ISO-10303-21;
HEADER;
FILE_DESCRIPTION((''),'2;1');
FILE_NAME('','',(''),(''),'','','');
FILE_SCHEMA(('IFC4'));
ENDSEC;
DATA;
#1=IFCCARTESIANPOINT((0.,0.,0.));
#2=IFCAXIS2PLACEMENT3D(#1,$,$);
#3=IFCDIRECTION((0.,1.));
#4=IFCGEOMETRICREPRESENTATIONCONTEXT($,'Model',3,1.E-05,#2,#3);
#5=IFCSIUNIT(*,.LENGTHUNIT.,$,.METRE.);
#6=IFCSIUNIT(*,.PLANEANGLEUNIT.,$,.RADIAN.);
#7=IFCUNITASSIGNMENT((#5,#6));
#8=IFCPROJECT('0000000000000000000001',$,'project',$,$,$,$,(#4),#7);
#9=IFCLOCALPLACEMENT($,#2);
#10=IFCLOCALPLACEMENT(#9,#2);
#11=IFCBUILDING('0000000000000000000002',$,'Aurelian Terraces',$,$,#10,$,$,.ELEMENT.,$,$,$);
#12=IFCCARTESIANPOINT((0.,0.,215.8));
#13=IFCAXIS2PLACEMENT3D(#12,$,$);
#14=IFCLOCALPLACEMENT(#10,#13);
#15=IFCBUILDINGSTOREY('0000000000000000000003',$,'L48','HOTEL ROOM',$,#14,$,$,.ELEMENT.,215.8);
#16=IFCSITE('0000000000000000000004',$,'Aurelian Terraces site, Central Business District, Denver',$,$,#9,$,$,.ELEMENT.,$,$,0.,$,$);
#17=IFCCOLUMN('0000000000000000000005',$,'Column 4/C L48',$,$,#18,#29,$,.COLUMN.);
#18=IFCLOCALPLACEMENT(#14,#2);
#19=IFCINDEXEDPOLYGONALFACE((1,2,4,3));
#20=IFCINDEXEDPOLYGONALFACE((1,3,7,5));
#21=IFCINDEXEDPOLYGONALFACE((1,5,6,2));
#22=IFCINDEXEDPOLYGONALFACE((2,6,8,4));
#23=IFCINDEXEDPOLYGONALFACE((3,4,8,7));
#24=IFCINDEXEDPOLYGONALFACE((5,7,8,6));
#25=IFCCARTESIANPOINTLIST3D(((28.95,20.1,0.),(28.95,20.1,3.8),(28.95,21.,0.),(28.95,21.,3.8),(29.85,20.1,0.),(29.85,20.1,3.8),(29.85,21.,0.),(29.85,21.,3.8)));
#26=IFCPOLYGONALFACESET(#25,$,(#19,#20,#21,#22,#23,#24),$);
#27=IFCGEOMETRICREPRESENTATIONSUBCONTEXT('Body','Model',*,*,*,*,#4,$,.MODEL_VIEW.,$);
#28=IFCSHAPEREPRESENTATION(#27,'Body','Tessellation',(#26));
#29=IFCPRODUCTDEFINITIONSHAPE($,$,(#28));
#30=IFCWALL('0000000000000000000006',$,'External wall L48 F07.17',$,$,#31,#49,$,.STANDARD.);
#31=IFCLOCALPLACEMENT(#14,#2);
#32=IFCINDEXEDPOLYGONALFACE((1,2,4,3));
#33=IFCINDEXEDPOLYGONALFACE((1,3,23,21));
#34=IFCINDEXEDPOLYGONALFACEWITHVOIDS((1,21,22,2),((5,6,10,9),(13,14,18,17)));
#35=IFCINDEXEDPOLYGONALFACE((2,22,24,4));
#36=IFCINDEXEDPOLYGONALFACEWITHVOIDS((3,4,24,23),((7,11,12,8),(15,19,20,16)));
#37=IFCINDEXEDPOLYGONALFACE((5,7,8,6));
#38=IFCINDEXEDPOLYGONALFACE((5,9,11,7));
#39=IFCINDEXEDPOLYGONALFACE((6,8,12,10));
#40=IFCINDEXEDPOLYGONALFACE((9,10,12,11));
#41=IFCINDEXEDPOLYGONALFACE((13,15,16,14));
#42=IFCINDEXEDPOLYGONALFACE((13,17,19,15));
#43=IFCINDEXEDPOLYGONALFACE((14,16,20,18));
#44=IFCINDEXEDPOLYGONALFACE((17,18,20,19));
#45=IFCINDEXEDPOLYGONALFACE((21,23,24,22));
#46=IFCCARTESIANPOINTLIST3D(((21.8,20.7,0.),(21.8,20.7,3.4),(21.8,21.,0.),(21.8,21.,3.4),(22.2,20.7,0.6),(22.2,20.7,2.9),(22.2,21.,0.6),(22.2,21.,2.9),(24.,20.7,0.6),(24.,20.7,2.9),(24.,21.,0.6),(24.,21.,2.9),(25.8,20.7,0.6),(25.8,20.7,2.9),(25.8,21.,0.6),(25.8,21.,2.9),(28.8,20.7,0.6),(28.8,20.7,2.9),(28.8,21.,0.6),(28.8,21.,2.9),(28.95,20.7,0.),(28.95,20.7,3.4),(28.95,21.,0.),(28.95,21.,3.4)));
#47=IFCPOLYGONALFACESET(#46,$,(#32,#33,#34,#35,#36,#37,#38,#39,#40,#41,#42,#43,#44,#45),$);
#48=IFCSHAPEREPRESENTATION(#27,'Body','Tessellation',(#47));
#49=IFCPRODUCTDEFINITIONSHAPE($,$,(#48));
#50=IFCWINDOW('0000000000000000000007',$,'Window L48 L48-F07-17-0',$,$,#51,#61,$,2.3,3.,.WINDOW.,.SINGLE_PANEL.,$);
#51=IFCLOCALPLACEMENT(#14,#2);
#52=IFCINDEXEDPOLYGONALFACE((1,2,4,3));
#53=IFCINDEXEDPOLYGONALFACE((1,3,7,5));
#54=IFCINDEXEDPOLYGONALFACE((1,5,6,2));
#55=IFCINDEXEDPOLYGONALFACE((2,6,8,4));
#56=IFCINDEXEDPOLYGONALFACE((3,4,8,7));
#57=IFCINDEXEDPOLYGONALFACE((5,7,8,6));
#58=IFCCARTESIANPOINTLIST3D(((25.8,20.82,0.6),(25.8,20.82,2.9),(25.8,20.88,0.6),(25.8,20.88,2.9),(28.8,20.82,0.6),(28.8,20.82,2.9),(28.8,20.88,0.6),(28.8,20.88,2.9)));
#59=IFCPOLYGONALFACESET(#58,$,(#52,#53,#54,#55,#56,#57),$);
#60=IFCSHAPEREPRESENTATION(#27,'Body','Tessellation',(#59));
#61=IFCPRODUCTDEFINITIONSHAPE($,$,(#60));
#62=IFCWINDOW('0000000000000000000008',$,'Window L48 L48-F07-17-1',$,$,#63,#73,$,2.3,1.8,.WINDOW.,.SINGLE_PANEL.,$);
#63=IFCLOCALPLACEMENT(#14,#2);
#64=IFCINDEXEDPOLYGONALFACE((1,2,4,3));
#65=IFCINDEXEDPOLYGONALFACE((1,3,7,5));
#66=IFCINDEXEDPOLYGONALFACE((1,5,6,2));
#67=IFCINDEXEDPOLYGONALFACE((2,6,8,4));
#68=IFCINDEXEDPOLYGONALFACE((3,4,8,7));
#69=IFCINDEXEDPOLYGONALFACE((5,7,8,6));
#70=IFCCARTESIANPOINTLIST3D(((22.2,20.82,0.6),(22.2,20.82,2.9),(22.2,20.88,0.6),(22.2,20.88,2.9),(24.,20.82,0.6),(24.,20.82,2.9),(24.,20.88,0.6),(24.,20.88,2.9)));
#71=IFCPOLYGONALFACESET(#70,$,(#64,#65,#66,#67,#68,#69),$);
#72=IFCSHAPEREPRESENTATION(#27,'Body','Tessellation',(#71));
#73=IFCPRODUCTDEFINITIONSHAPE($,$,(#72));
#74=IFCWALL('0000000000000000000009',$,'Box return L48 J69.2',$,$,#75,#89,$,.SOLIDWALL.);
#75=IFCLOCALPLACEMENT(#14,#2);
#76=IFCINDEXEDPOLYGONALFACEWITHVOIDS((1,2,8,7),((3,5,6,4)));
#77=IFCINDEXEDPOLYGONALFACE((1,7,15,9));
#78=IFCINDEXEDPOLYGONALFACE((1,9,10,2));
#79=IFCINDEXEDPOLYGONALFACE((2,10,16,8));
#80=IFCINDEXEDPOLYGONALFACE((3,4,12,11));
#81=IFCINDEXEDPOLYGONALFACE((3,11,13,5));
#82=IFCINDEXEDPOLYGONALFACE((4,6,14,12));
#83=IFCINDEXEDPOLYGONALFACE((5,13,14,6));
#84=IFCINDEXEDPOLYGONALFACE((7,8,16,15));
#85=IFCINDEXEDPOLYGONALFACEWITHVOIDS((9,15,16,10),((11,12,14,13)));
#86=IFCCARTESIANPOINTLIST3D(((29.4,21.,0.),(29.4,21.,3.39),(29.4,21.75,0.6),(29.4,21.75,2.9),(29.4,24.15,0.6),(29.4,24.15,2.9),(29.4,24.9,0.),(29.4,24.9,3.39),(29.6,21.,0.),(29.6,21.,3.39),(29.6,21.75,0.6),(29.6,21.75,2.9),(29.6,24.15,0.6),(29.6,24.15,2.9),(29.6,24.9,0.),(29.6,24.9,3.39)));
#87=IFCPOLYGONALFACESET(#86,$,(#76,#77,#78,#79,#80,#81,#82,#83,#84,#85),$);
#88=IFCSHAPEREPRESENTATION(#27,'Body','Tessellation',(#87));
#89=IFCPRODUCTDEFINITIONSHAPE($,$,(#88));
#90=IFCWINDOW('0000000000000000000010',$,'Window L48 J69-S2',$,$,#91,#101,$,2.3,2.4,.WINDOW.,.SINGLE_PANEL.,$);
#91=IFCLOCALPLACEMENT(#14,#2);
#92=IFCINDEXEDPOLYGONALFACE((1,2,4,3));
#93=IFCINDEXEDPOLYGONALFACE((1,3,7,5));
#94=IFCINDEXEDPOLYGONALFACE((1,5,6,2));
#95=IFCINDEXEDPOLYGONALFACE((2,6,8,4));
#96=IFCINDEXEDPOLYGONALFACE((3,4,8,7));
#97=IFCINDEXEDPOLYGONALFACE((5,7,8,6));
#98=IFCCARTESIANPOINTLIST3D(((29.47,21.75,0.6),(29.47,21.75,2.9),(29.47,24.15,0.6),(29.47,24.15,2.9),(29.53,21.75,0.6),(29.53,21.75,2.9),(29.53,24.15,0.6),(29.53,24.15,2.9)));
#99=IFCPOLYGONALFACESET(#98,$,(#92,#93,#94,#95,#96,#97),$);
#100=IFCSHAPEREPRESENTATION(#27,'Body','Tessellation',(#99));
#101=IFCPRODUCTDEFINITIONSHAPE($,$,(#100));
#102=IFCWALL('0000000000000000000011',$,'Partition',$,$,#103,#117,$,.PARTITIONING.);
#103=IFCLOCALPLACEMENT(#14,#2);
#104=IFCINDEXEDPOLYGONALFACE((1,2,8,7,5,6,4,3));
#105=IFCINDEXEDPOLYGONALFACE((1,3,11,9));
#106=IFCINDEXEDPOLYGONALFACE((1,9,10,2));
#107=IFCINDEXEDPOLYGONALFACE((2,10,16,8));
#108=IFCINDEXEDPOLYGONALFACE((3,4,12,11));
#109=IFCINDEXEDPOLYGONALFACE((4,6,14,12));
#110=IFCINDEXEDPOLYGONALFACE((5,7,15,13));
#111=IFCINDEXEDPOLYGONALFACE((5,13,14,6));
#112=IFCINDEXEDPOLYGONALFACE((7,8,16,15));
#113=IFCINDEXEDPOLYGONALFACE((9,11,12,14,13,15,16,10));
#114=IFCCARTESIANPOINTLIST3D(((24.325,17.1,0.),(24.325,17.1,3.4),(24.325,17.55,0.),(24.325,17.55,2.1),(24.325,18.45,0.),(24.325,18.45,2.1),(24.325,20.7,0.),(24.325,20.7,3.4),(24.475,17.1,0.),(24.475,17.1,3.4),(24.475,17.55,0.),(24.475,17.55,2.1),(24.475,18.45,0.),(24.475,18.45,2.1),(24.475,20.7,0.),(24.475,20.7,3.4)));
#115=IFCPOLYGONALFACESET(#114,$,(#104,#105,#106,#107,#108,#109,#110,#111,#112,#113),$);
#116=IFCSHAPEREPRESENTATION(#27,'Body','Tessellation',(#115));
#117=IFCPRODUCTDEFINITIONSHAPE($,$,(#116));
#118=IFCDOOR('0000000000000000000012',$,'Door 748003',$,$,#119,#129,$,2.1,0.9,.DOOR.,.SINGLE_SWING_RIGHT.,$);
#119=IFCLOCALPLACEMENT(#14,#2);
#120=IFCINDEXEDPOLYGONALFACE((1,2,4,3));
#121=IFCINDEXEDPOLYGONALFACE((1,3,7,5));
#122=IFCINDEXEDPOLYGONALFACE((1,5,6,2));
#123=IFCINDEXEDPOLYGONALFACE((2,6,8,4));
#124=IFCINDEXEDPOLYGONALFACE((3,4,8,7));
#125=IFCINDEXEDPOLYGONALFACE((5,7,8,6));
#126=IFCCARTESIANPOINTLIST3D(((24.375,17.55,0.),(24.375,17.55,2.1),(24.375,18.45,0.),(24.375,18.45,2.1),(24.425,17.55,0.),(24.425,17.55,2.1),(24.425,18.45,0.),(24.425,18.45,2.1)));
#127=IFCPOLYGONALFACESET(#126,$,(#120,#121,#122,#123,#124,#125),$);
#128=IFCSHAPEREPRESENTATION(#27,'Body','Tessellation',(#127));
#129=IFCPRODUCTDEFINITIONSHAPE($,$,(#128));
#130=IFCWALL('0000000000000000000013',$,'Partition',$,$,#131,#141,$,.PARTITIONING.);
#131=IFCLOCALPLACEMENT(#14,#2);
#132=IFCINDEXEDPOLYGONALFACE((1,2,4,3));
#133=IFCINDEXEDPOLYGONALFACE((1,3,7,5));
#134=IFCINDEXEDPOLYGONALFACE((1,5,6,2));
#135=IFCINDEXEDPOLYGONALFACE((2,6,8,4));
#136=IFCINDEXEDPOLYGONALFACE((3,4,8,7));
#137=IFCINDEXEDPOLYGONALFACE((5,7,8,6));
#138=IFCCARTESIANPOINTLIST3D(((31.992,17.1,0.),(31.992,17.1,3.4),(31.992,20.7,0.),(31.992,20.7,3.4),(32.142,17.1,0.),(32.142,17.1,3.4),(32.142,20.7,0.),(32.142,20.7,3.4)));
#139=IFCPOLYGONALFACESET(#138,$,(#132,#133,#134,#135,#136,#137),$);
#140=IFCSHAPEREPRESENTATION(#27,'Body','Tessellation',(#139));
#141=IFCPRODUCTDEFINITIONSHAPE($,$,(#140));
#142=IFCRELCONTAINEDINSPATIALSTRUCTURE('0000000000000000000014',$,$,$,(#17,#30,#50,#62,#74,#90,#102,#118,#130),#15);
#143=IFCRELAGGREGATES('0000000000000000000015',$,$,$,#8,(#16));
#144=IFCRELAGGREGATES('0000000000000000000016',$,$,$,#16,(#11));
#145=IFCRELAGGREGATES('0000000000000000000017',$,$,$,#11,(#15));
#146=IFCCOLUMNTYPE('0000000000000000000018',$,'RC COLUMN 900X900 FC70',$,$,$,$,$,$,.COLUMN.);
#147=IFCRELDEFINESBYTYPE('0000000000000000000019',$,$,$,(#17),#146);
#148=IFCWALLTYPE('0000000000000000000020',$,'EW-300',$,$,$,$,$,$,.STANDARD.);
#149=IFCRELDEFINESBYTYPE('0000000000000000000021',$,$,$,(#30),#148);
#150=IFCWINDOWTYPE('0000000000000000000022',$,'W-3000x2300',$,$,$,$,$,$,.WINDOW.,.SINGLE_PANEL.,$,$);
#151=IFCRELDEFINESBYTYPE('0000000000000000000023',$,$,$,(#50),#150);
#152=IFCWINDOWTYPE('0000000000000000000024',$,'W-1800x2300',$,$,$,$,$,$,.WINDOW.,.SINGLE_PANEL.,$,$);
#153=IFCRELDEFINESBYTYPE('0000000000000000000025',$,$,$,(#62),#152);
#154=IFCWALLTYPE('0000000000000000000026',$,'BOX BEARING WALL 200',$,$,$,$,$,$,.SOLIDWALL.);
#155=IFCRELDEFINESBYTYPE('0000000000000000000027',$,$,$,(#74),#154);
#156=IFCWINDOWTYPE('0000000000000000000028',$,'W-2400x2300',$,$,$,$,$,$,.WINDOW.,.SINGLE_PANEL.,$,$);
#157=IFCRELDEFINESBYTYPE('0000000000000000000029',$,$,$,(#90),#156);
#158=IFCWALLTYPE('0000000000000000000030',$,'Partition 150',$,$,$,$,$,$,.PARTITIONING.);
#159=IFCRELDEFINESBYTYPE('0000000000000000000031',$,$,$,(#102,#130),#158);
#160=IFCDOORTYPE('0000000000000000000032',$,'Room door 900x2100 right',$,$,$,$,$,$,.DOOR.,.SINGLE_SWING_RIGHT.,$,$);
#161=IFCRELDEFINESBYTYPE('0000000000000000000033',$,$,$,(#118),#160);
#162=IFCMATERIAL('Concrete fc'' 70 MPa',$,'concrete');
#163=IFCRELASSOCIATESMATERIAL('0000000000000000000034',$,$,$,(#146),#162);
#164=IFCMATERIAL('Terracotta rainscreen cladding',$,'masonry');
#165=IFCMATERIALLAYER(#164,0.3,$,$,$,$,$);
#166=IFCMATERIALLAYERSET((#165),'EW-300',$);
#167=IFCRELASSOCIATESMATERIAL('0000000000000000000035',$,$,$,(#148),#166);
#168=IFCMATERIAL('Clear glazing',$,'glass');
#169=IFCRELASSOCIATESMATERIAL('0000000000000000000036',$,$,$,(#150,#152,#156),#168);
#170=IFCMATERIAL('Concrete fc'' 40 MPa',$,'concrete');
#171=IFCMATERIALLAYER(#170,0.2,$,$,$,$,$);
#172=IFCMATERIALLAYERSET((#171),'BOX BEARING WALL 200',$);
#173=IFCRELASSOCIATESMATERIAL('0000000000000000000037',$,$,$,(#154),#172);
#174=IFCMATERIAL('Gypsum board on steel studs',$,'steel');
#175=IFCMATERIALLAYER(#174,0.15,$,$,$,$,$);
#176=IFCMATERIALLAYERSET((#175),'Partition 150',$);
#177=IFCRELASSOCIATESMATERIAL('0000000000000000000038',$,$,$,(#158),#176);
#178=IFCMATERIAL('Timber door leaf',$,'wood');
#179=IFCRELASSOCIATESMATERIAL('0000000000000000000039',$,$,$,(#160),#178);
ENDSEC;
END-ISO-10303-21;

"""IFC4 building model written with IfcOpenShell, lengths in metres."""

from ifc_helpers import new_model, si_unit, direction, frame, frame_2d, origin, origin_2d, place, context, subcontext, project, spatial, rectangle, extrude, source, transform, mapped, material, layer, layer_set, material_profile, profile_set, type_object, element, fill, save


model = new_model("IFC4")

# Units and contexts
model_context = context("Model", 3, precision=1e-05, world=origin(), true_north=direction((0.0, 1.0)))
body_context = subcontext(model_context, "Body", "Model", "MODEL_VIEW")
ifc_project = project(units=[si_unit("LENGTHUNIT", "METRE"), si_unit("PLANEANGLEUNIT", "RADIAN")], contexts=[model_context])

# Site, building, storey
site_placement = place(None, origin())
site = spatial("IfcSite", under=ifc_project, at=site_placement, Name="Aurelian Terraces site, Central Business District, Denver", CompositionType="ELEMENT", RefElevation=0.0)
building_placement = place(site_placement, origin())
building = spatial("IfcBuilding", under=site, at=building_placement, Name="Aurelian Terraces", CompositionType="ELEMENT")
storey_placement = place(building_placement, frame((0.0, 0.0, 215.8)))
storey = spatial("IfcBuildingStorey", under=building, at=storey_placement, Name="L48", Description="HOTEL ROOM", CompositionType="ELEMENT", Elevation=215.8)

# Column
ifc_material_1 = material(Name="Concrete fc' 70 MPa", Category="concrete")
ifc_material_profile = material_profile(ifc_material_1, rectangle(XDim=0.9, YDim=0.9, at=origin_2d()))
ifc_profile_set = profile_set([ifc_material_profile], Name="Concrete fc' 70 MPa")
column_type = type_object("IfcColumnType", Name="RC COLUMN 900X900 FC70", PredefinedType="COLUMN", material=ifc_profile_set)
shared_shape_1 = source(origin(), body_context, "Body", "SweptSolid", [
    extrude(rectangle(XDim=0.9, YDim=0.9, at=origin_2d()), origin(), (0.0, 0.0, 1.0), 3.8),
])
column_placement = place(storey_placement, frame((29.4, 20.55, 0.0), z_axis=(0.0, 0.0, 1.0), x_axis=(1.0, 0.0, 0.0)))
element("IfcColumn", 1, at=column_placement, inside=storey, type_object=column_type, Name="Column 4/C L48", PredefinedType="COLUMN", context=body_context, shape_type="MappedRepresentation", body=[
    mapped(shared_shape_1, transform((0.0, 0.0, 0.0), scale=1.0)),
])

# Wall, openings, windows
ifc_material_2 = material(Name="Terracotta rainscreen cladding", Category="masonry")
ifc_layer_1 = layer(ifc_material_2, 0.3)
ifc_layer_set_1 = layer_set([ifc_layer_1], Name="EW-300")
wall_type_1 = type_object("IfcWallType", Name="EW-300", PredefinedType="STANDARD", material=ifc_layer_set_1)
shared_shape_2 = source(origin(), body_context, "Body", "SweptSolid", [
    extrude(rectangle(XDim=7.15, YDim=0.3, at=frame_2d((3.575, 0.0))), origin(), (0.0, 0.0, 1.0), 3.4),
])
wall_1_placement = place(storey_placement, frame((28.95, 20.85, 0.0), z_axis=(0.0, 0.0, 1.0), x_axis=(-1.0, 0.0, 0.0)))
wall_1 = element("IfcWall", 2, at=wall_1_placement, inside=storey, type_object=wall_type_1, Name="External wall L48 F07.17", PredefinedType="STANDARD", context=body_context, shape_type="MappedRepresentation", body=[
    mapped(shared_shape_2, transform((0.0, 0.0, 0.0), scale=1.0)),
])
shared_shape_3 = source(origin(), body_context, "Body", "SweptSolid", [
    extrude(rectangle(XDim=3.0, YDim=2.3, at=frame_2d((1.5, 1.15))), frame((0.0, 0.16, 0.0), z_axis=(0.0, -1.0, 0.0), x_axis=(1.0, 0.0, 0.0)), (0.0, 0.0, 1.0), 0.32),
])
opening_1_placement = place(wall_1_placement, frame((0.15, 0.0, 0.6)))
opening_1 = element("IfcOpeningElement", 3, at=opening_1_placement, cuts=wall_1, PredefinedType="OPENING", context=body_context, shape_type="MappedRepresentation", body=[
    mapped(shared_shape_3, transform((0.0, 0.0, 0.0), scale=1.0)),
])
shared_shape_4 = source(origin(), body_context, "Body", "SweptSolid", [
    extrude(rectangle(XDim=1.8, YDim=2.3, at=frame_2d((0.9, 1.15))), frame((0.0, 0.16, 0.0), z_axis=(0.0, -1.0, 0.0), x_axis=(1.0, 0.0, 0.0)), (0.0, 0.0, 1.0), 0.32),
])
opening_2_placement = place(wall_1_placement, frame((4.95, 0.0, 0.6)))
opening_2 = element("IfcOpeningElement", 4, at=opening_2_placement, cuts=wall_1, PredefinedType="OPENING", context=body_context, shape_type="MappedRepresentation", body=[
    mapped(shared_shape_4, transform((0.0, 0.0, 0.0), scale=1.0)),
])
ifc_material_3 = material(Name="Clear glazing", Category="glass")
window_type_1 = type_object("IfcWindowType", Name="W-3000x2300", PartitioningType="SINGLE_PANEL", PredefinedType="WINDOW", material=ifc_material_3)
shared_shape_5 = source(origin(), body_context, "Body", "SweptSolid", [
    extrude(rectangle(XDim=3.0, YDim=2.3, at=frame_2d((1.5, 1.15))), frame((0.0, 0.03, 0.0), z_axis=(0.0, -1.0, 0.0), x_axis=(1.0, 0.0, 0.0)), (0.0, 0.0, 1.0), 0.06),
])
window_1_placement = place(opening_1_placement, origin())
window_1 = element("IfcWindow", 5, at=window_1_placement, inside=storey, type_object=window_type_1, Name="Window L48 L48-F07-17-0", OverallHeight=2.3, OverallWidth=3.0, PartitioningType="SINGLE_PANEL", PredefinedType="WINDOW", context=body_context, shape_type="MappedRepresentation", body=[
    mapped(shared_shape_5, transform((0.0, 0.0, 0.0), scale=1.0)),
])
fill(opening_1, window_1)
window_type_2 = type_object("IfcWindowType", Name="W-1800x2300", PartitioningType="SINGLE_PANEL", PredefinedType="WINDOW", material=ifc_material_3)
shared_shape_6 = source(origin(), body_context, "Body", "SweptSolid", [
    extrude(rectangle(XDim=1.8, YDim=2.3, at=frame_2d((0.9, 1.15))), frame((0.0, 0.03, 0.0), z_axis=(0.0, -1.0, 0.0), x_axis=(1.0, 0.0, 0.0)), (0.0, 0.0, 1.0), 0.06),
])
window_2_placement = place(opening_2_placement, origin())
window_2 = element("IfcWindow", 6, at=window_2_placement, inside=storey, type_object=window_type_2, Name="Window L48 L48-F07-17-1", OverallHeight=2.3, OverallWidth=1.8, PartitioningType="SINGLE_PANEL", PredefinedType="WINDOW", context=body_context, shape_type="MappedRepresentation", body=[
    mapped(shared_shape_6, transform((0.0, 0.0, 0.0), scale=1.0)),
])
fill(opening_2, window_2)

# Wall, opening, window
ifc_material_4 = material(Name="Concrete fc' 40 MPa", Category="concrete")
ifc_layer_2 = layer(ifc_material_4, 0.2)
ifc_layer_set_2 = layer_set([ifc_layer_2], Name="BOX BEARING WALL 200")
wall_type_2 = type_object("IfcWallType", Name="BOX BEARING WALL 200", PredefinedType="SOLIDWALL", material=ifc_layer_set_2)
shared_shape_7 = source(origin(), body_context, "Body", "SweptSolid", [
    extrude(rectangle(XDim=3.9, YDim=0.2, at=frame_2d((1.95, 0.0))), origin(), (0.0, 0.0, 1.0), 3.39),
])
wall_2_placement = place(storey_placement, frame((29.5, 21.0, 0.0), z_axis=(0.0, 0.0, 1.0), x_axis=(0.0, 1.0, 0.0)))
wall_2 = element("IfcWall", 7, at=wall_2_placement, inside=storey, type_object=wall_type_2, Name="Box return L48 J69.2", PredefinedType="SOLIDWALL", context=body_context, shape_type="MappedRepresentation", body=[
    mapped(shared_shape_7, transform((0.0, 0.0, 0.0), scale=1.0)),
])
shared_shape_8 = source(origin(), body_context, "Body", "SweptSolid", [
    extrude(rectangle(XDim=2.4, YDim=2.3, at=frame_2d((1.2, 1.15))), frame((0.0, 0.11, 0.0), z_axis=(0.0, -1.0, 0.0), x_axis=(1.0, 0.0, 0.0)), (0.0, 0.0, 1.0), 0.22),
])
opening_3_placement = place(wall_2_placement, frame((0.75, 0.0, 0.6)))
opening_3 = element("IfcOpeningElement", 8, at=opening_3_placement, cuts=wall_2, PredefinedType="OPENING", context=body_context, shape_type="MappedRepresentation", body=[
    mapped(shared_shape_8, transform((0.0, 0.0, 0.0), scale=1.0)),
])
window_type_3 = type_object("IfcWindowType", Name="W-2400x2300", PartitioningType="SINGLE_PANEL", PredefinedType="WINDOW", material=ifc_material_3)
shared_shape_9 = source(origin(), body_context, "Body", "SweptSolid", [
    extrude(rectangle(XDim=2.4, YDim=2.3, at=frame_2d((1.2, 1.15))), frame((0.0, 0.03, 0.0), z_axis=(0.0, -1.0, 0.0), x_axis=(1.0, 0.0, 0.0)), (0.0, 0.0, 1.0), 0.06),
])
window_3_placement = place(opening_3_placement, origin())
window_3 = element("IfcWindow", 9, at=window_3_placement, inside=storey, type_object=window_type_3, Name="Window L48 J69-S2", OverallHeight=2.3, OverallWidth=2.4, PartitioningType="SINGLE_PANEL", PredefinedType="WINDOW", context=body_context, shape_type="MappedRepresentation", body=[
    mapped(shared_shape_9, transform((0.0, 0.0, 0.0), scale=1.0)),
])
fill(opening_3, window_3)

# Wall, opening, door
ifc_material_5 = material(Name="Gypsum board on steel studs", Category="steel")
ifc_layer_3 = layer(ifc_material_5, 0.15)
ifc_layer_set_3 = layer_set([ifc_layer_3], Name="Partition 150")
wall_type_3 = type_object("IfcWallType", Name="Partition 150", PredefinedType="PARTITIONING", material=ifc_layer_set_3)
shared_shape_10 = source(origin(), body_context, "Body", "SweptSolid", [
    extrude(rectangle(XDim=3.6, YDim=0.15, at=frame_2d((1.8, 0.0))), origin(), (0.0, 0.0, 1.0), 3.4),
])
wall_3_placement = place(storey_placement, frame((24.4, 20.7, 0.0), z_axis=(0.0, 0.0, 1.0), x_axis=(0.0, -1.0, 0.0)))
wall_3 = element("IfcWall", 10, at=wall_3_placement, inside=storey, type_object=wall_type_3, Name="Partition", PredefinedType="PARTITIONING", context=body_context, shape_type="MappedRepresentation", body=[
    mapped(shared_shape_10, transform((0.0, 0.0, 0.0), scale=1.0)),
])
shared_shape_11 = source(origin(), body_context, "Body", "SweptSolid", [
    extrude(rectangle(XDim=0.9, YDim=2.1, at=frame_2d((0.45, 1.05))), frame((0.0, 0.085, 0.0), z_axis=(0.0, -1.0, 0.0), x_axis=(1.0, 0.0, 0.0)), (0.0, 0.0, 1.0), 0.17),
])
opening_4_placement = place(wall_3_placement, frame((2.25, 0.0, 0.0)))
opening_4 = element("IfcOpeningElement", 11, at=opening_4_placement, cuts=wall_3, PredefinedType="OPENING", context=body_context, shape_type="MappedRepresentation", body=[
    mapped(shared_shape_11, transform((0.0, 0.0, 0.0), scale=1.0)),
])
ifc_material_6 = material(Name="Timber door leaf", Category="wood")
door_type_1 = type_object("IfcDoorType", Name="Room door 900x2100 right", OperationType="SINGLE_SWING_RIGHT", PredefinedType="DOOR", material=ifc_material_6)
shared_shape_12 = source(origin(), body_context, "Body", "SweptSolid", [
    extrude(rectangle(XDim=0.9, YDim=2.1, at=frame_2d((0.45, 1.05))), frame((0.0, 0.025, 0.0), z_axis=(0.0, -1.0, 0.0), x_axis=(1.0, 0.0, 0.0)), (0.0, 0.0, 1.0), 0.05),
])
door_1_placement = place(opening_4_placement, origin())
door_1 = element("IfcDoor", 12, at=door_1_placement, inside=storey, type_object=door_type_1, Name="Door 748003", OperationType="SINGLE_SWING_RIGHT", OverallHeight=2.1, OverallWidth=0.9, PredefinedType="DOOR", context=body_context, shape_type="MappedRepresentation", body=[
    mapped(shared_shape_12, transform((0.0, 0.0, 0.0), scale=1.0)),
])
fill(opening_4, door_1)

# Wall
wall_4_placement = place(storey_placement, frame((32.067, 20.7, 0.0), z_axis=(0.0, 0.0, 1.0), x_axis=(0.0, -1.0, 0.0)))
element("IfcWall", 13, at=wall_4_placement, inside=storey, type_object=wall_type_3, Name="Partition", PredefinedType="PARTITIONING", context=body_context, shape_type="MappedRepresentation", body=[
    mapped(shared_shape_10, transform((0.0, 0.0, 0.0), scale=1.0)),
])

save(model, "model.ifc")
